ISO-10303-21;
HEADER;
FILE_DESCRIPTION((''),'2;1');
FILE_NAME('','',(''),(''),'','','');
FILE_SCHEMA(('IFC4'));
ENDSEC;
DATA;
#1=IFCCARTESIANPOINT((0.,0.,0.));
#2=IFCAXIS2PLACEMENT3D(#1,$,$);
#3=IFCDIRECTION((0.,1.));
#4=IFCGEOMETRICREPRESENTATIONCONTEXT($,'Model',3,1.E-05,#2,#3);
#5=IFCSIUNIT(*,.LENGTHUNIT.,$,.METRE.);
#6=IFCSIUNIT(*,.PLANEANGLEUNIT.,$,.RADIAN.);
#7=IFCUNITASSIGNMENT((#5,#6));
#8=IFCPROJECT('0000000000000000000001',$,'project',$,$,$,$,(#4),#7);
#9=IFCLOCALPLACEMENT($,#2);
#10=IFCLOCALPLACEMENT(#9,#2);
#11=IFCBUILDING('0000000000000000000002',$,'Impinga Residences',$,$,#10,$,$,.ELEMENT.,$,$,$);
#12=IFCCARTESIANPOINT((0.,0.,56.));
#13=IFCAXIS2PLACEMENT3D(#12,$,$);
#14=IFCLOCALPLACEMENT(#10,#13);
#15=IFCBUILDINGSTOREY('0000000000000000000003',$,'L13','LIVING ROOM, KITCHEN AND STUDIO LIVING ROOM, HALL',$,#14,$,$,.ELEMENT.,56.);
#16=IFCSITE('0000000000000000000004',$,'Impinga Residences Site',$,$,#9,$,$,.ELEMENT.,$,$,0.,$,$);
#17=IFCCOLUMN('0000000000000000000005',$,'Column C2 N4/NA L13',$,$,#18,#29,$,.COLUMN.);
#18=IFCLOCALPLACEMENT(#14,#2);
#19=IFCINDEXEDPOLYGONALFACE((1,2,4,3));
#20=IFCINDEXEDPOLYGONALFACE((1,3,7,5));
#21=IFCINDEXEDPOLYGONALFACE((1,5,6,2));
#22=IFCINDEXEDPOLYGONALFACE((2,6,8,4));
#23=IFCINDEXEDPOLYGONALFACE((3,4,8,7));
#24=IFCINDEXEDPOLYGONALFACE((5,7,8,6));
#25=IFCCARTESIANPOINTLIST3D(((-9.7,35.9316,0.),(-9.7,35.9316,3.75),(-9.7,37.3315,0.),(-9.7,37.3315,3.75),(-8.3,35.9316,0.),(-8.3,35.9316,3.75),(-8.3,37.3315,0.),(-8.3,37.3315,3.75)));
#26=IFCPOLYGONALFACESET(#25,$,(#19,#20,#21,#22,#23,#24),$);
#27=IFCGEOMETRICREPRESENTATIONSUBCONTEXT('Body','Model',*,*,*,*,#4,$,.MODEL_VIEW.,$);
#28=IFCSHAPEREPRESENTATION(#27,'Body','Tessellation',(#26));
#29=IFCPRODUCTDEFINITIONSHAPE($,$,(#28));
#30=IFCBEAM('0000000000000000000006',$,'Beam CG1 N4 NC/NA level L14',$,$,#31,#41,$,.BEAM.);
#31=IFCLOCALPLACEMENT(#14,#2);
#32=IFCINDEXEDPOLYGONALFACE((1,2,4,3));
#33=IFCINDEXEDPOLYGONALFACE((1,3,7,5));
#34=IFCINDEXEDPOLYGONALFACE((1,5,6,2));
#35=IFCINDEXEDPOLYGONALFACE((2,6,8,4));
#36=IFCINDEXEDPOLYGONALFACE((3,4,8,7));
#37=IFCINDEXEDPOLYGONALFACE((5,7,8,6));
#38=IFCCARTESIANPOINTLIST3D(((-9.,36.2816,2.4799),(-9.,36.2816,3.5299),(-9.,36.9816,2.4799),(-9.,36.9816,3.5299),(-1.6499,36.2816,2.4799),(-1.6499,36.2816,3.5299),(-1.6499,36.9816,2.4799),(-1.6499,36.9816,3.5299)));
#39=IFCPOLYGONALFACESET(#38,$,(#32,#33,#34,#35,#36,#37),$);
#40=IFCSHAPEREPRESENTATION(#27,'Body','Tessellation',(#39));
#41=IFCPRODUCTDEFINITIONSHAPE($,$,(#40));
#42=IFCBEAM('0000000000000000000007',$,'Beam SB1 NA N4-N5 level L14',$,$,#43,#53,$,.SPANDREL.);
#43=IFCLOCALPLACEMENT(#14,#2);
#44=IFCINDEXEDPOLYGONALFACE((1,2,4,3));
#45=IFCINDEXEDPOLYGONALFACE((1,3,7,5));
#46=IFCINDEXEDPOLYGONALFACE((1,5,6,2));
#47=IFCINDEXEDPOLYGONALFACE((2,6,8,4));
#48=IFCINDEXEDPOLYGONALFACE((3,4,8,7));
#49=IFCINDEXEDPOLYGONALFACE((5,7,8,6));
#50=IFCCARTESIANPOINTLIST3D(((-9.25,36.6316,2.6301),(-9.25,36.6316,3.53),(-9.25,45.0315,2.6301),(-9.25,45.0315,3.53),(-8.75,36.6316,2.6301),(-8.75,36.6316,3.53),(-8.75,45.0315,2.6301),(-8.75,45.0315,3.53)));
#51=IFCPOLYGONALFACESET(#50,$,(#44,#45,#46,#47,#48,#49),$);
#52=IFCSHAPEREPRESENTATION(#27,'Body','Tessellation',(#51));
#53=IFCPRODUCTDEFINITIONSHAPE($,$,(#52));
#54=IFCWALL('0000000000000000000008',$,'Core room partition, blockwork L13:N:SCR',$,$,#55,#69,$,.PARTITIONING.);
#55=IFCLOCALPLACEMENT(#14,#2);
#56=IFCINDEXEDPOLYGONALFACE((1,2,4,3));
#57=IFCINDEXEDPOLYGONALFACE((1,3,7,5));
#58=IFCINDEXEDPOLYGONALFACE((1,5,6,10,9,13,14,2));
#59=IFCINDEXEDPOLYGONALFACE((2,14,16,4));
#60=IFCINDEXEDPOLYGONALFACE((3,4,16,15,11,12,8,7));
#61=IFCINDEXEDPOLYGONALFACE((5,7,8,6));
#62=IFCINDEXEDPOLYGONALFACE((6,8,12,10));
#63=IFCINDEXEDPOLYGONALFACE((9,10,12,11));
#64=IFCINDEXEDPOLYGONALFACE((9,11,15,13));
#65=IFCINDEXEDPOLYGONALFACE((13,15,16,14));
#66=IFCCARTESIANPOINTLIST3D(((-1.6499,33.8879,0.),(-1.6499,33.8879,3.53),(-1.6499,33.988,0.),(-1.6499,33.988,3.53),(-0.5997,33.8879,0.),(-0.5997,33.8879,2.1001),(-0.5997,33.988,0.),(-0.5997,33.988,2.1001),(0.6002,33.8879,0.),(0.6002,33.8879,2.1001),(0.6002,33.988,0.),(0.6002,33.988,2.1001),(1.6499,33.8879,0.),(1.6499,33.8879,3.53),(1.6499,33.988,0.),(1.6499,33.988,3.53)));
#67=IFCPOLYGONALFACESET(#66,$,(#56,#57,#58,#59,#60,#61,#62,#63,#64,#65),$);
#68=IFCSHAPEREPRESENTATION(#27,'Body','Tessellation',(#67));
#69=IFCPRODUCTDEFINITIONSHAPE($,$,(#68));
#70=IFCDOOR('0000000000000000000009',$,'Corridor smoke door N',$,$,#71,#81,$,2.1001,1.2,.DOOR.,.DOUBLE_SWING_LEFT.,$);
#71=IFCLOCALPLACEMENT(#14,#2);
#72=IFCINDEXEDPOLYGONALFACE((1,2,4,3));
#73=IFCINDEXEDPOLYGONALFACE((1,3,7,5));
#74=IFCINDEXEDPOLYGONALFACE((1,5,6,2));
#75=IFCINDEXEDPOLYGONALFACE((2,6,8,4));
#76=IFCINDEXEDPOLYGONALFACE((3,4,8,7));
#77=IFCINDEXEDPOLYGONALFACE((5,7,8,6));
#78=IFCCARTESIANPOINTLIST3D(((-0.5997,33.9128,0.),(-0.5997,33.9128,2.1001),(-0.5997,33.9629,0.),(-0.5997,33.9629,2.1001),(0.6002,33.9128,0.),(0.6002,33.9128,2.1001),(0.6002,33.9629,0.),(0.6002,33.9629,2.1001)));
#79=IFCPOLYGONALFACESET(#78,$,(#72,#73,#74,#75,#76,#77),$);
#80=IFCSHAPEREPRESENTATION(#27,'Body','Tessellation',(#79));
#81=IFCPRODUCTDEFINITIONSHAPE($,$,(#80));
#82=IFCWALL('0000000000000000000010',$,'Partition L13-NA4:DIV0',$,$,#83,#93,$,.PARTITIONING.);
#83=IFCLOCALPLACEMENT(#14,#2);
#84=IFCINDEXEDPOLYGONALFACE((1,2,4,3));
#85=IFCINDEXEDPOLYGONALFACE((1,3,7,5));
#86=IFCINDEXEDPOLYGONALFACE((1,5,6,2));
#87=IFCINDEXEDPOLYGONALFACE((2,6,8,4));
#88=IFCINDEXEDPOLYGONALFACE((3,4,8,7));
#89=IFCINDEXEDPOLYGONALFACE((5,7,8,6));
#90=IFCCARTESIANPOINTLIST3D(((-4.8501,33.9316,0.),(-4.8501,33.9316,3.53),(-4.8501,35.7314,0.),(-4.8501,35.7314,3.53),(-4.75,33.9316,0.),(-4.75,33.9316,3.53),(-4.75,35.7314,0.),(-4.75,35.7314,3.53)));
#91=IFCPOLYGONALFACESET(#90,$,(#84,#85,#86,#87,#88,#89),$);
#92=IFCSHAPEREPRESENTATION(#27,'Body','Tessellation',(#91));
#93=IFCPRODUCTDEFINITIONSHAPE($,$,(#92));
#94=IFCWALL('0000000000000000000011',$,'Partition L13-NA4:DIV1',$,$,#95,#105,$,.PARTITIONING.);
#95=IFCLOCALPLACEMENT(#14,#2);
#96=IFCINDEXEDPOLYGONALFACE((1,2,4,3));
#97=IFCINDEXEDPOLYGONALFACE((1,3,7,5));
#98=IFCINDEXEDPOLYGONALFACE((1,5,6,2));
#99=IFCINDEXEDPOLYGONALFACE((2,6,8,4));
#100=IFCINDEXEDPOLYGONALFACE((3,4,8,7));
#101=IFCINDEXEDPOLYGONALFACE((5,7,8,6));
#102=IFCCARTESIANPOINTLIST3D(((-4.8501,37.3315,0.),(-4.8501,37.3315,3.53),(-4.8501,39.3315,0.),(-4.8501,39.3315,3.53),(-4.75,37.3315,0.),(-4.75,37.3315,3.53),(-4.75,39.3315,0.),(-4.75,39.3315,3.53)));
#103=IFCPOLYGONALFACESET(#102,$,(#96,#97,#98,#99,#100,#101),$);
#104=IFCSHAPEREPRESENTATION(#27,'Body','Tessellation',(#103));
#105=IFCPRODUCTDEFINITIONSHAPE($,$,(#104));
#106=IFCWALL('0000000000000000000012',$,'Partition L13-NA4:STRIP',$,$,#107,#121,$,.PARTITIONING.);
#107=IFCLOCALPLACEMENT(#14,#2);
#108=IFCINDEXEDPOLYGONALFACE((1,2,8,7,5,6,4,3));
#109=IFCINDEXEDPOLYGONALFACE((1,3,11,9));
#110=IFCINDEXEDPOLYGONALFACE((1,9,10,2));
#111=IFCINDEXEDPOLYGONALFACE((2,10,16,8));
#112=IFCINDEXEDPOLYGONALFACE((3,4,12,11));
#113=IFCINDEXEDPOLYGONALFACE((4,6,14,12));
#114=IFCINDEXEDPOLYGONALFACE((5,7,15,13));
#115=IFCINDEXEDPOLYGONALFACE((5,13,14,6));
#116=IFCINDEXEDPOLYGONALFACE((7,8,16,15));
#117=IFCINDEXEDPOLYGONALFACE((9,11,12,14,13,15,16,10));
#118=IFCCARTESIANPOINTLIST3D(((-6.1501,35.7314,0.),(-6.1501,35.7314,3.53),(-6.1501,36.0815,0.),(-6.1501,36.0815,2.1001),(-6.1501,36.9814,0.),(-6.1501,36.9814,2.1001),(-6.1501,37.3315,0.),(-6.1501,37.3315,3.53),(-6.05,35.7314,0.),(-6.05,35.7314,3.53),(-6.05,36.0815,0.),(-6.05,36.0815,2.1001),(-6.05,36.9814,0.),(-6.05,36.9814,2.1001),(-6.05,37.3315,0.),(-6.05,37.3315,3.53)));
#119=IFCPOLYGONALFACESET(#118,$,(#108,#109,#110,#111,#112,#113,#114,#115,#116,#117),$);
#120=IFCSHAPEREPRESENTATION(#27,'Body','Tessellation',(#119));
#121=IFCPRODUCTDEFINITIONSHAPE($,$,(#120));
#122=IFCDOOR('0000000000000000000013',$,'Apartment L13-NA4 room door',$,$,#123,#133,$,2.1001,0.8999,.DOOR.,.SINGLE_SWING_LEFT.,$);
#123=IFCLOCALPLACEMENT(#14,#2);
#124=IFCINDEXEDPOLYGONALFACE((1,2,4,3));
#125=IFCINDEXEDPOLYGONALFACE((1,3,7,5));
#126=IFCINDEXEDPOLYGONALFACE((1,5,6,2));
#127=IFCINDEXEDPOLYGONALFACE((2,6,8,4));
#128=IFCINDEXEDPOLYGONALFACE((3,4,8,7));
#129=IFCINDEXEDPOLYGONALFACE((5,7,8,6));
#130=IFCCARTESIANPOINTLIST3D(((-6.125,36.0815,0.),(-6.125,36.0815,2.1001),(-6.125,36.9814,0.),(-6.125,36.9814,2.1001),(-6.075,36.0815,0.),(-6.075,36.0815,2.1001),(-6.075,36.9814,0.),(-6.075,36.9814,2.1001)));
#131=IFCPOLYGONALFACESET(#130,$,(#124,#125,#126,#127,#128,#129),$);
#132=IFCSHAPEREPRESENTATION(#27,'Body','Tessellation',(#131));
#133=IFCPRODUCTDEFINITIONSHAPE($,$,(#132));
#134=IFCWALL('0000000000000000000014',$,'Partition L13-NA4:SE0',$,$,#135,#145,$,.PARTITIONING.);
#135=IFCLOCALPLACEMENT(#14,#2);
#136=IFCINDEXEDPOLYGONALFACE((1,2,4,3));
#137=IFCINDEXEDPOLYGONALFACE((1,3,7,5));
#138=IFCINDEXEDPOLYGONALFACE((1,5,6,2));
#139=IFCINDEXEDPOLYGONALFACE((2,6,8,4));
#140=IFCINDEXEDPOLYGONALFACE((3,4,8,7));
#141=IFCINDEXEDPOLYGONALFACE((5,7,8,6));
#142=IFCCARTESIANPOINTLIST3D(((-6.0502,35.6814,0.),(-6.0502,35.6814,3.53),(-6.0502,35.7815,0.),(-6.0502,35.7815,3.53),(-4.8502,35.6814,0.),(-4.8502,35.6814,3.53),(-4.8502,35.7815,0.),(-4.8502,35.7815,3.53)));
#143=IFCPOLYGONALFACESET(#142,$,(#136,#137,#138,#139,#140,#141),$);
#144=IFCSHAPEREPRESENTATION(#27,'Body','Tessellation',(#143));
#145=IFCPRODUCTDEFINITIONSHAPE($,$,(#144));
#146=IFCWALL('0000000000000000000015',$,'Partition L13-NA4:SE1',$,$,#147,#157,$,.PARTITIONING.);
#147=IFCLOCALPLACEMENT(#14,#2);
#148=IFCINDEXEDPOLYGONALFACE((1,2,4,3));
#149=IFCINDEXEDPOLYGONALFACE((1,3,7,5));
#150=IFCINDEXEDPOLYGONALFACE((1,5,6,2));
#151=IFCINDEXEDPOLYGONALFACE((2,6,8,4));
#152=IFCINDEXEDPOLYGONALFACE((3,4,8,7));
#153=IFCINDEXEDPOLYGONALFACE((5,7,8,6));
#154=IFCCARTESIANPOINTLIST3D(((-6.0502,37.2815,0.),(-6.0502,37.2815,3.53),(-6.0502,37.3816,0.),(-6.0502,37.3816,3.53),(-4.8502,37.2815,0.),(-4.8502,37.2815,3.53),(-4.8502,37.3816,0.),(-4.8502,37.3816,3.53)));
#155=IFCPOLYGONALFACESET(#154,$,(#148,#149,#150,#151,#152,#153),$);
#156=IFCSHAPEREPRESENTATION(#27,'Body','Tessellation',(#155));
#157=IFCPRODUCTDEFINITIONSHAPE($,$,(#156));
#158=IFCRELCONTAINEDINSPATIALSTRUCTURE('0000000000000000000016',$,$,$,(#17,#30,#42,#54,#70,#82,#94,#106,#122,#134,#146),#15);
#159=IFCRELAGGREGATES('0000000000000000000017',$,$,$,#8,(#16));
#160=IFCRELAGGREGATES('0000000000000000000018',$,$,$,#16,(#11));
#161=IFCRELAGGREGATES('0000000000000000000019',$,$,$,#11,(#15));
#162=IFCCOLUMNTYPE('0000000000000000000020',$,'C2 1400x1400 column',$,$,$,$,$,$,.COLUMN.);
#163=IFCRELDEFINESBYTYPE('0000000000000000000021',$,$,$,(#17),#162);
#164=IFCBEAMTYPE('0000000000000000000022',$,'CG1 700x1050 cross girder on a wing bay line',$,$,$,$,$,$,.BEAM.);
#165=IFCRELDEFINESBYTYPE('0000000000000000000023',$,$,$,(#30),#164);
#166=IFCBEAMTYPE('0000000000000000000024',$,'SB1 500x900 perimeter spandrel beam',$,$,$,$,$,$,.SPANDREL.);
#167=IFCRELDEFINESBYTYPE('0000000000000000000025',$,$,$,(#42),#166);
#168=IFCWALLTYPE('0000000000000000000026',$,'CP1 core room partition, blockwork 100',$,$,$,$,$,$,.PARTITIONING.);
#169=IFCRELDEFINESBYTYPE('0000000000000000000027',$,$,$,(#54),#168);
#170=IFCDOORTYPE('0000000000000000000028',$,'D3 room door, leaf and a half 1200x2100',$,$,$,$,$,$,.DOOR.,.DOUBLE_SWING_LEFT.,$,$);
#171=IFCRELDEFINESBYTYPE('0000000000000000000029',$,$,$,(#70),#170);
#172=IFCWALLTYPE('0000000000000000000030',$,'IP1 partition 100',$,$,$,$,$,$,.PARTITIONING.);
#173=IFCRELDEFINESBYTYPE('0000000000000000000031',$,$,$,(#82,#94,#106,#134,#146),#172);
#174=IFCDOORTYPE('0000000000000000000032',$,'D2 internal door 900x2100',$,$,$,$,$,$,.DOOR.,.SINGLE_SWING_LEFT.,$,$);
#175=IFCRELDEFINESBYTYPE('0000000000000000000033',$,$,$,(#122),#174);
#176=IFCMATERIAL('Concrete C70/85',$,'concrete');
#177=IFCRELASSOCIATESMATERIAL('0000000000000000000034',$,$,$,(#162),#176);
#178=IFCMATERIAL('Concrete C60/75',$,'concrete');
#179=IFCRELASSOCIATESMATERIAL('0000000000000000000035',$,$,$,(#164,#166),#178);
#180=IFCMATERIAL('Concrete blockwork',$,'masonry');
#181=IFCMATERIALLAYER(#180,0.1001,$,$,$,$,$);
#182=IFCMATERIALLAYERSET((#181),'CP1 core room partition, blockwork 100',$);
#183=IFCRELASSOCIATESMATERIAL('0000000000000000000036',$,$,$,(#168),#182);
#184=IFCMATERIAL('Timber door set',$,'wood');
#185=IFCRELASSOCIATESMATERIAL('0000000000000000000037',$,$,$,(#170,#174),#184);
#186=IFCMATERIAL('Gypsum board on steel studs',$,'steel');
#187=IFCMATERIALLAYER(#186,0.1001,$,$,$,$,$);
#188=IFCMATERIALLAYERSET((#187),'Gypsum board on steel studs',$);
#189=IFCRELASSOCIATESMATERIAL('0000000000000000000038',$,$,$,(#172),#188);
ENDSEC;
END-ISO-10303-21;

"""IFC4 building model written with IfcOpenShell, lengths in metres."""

from ifc_helpers import new_model, si_unit, direction, frame, frame_2d, origin, origin_2d, place, context, subcontext, project, spatial, rectangle, extrude, material, layer, layer_set, material_profile, profile_set, type_object, element, fill, save


model = new_model("IFC4")

# Units and contexts
model_context = context("Model", 3, precision=1e-05, world=origin(), true_north=direction((0.0, 1.0)))
body_context = subcontext(model_context, "Body", "Model", "MODEL_VIEW")
ifc_project = project(units=[si_unit("LENGTHUNIT", "METRE"), si_unit("PLANEANGLEUNIT", "RADIAN")], contexts=[model_context])

# Site, building, storey
site_placement = place(None, origin())
site = spatial("IfcSite", under=ifc_project, at=site_placement, Name="Impinga Residences Site", CompositionType="ELEMENT", RefElevation=0.0)
building_placement = place(site_placement, origin())
building = spatial("IfcBuilding", under=site, at=building_placement, Name="Impinga Residences", CompositionType="ELEMENT")
storey_placement = place(building_placement, frame((0.0, 0.0, 56.0)))
storey = spatial("IfcBuildingStorey", under=building, at=storey_placement, Name="L13", Description="LIVING ROOM, KITCHEN AND STUDIO LIVING ROOM, HALL", CompositionType="ELEMENT", Elevation=56.0)

# Column
ifc_material_1 = material(Name="Concrete C70/85", Category="concrete")
ifc_material_profile_1 = material_profile(ifc_material_1, rectangle(XDim=1.3999, YDim=1.3999, at=origin_2d()), Name="RC 1400x1400")
ifc_profile_set_1 = profile_set([ifc_material_profile_1], Name="Concrete C70/85")
column_type = type_object("IfcColumnType", Name="C2 1400x1400 column", PredefinedType="COLUMN", material=ifc_profile_set_1)
column_placement = place(storey_placement, frame((-9.0, 36.6316, 0.0), z_axis=(0.0, 0.0, 1.0), x_axis=(1.0, 0.0, 0.0)))
element("IfcColumn", 1, at=column_placement, inside=storey, type_object=column_type, Name="Column C2 N4/NA L13", PredefinedType="COLUMN", context=body_context, shape_type="SweptSolid", body=[
    extrude(rectangle(XDim=1.3999, YDim=1.3999, at=origin_2d()), origin(), (0.0, 0.0, 1.0), 3.75),
])

# Beams
ifc_material_2 = material(Name="Concrete C60/75", Category="concrete")
ifc_material_profile_2 = material_profile(ifc_material_2, rectangle(XDim=0.7, YDim=1.05, at=origin_2d()), Name="RC 700x1050")
ifc_profile_set_2 = profile_set([ifc_material_profile_2], Name="Concrete C60/75")
beam_type_1 = type_object("IfcBeamType", Name="CG1 700x1050 cross girder on a wing bay line", PredefinedType="BEAM", material=ifc_profile_set_2)
beam_1_placement = place(storey_placement, frame((-1.6499, 36.6316, 3.0049), z_axis=(-1.0, 0.0, 0.0), x_axis=(0.0, -1.0, 0.0)))
element("IfcBeam", 2, at=beam_1_placement, inside=storey, type_object=beam_type_1, Name="Beam CG1 N4 NC/NA level L14", PredefinedType="BEAM", context=body_context, shape_type="SweptSolid", body=[
    extrude(rectangle(XDim=0.7, YDim=1.05, at=origin_2d()), origin(), (0.0, 0.0, 1.0), 7.3501),
])
ifc_material_profile_3 = material_profile(ifc_material_2, rectangle(XDim=0.5, YDim=0.8999, at=origin_2d()), Name="RC 500x900")
ifc_profile_set_3 = profile_set([ifc_material_profile_3], Name="Concrete C60/75")
beam_type_2 = type_object("IfcBeamType", Name="SB1 500x900 perimeter spandrel beam", PredefinedType="SPANDREL", material=ifc_profile_set_3)
beam_2_placement = place(storey_placement, frame((-9.0, 36.6316, 3.0801), z_axis=(0.0, 1.0, 0.0), x_axis=(-1.0, 0.0, 0.0)))
element("IfcBeam", 3, at=beam_2_placement, inside=storey, type_object=beam_type_2, Name="Beam SB1 NA N4-N5 level L14", PredefinedType="SPANDREL", context=body_context, shape_type="SweptSolid", body=[
    extrude(rectangle(XDim=0.5, YDim=0.8999, at=origin_2d()), origin(), (0.0, 0.0, 1.0), 8.3999),
])

# Wall, opening, door
ifc_material_3 = material(Name="Concrete blockwork", Category="masonry")
ifc_layer_1 = layer(ifc_material_3, 0.1001)
ifc_layer_set_1 = layer_set([ifc_layer_1], Name="CP1 core room partition, blockwork 100")
wall_type_1 = type_object("IfcWallType", Name="CP1 core room partition, blockwork 100", PredefinedType="PARTITIONING", material=ifc_layer_set_1)
wall_1_placement = place(storey_placement, frame((-1.6499, 33.938, 0.0), z_axis=(0.0, 0.0, 1.0), x_axis=(1.0, 0.0, 0.0)))
wall_1 = element("IfcWall", 4, at=wall_1_placement, inside=storey, type_object=wall_type_1, Name="Core room partition, blockwork L13:N:SCR", PredefinedType="PARTITIONING", context=body_context, shape_type="SweptSolid", body=[
    extrude(rectangle(XDim=3.2998, YDim=0.1001, at=frame_2d((1.6499, 0.0))), origin(), (0.0, 0.0, 1.0), 3.53),
])
opening_1_placement = place(wall_1_placement, frame((1.05, 0.0, 0.0)))
opening_1 = element("IfcOpeningElement", 5, at=opening_1_placement, cuts=wall_1, PredefinedType="OPENING", context=body_context, shape_type="SweptSolid", body=[
    extrude(rectangle(XDim=1.2, YDim=2.1001, at=frame_2d((0.6001, 1.05))), frame((0.0, 0.0601, 0.0), z_axis=(0.0, -1.0, 0.0), x_axis=(1.0, 0.0, 0.0)), (0.0, 0.0, 1.0), 0.1201),
])
ifc_material_4 = material(Name="Timber door set", Category="wood")
door_type_1 = type_object("IfcDoorType", Name="D3 room door, leaf and a half 1200x2100", OperationType="DOUBLE_SWING_LEFT", PredefinedType="DOOR", material=ifc_material_4)
door_1_placement = place(opening_1_placement, origin())
door_1 = element("IfcDoor", 6, at=door_1_placement, inside=storey, type_object=door_type_1, Name="Corridor smoke door N", OperationType="DOUBLE_SWING_LEFT", OverallHeight=2.1001, OverallWidth=1.2, PredefinedType="DOOR", context=body_context, shape_type="SweptSolid", body=[
    extrude(rectangle(XDim=1.2, YDim=2.1001, at=frame_2d((0.6001, 1.05))), frame((0.0, 0.0249, 0.0), z_axis=(0.0, -1.0, 0.0), x_axis=(1.0, 0.0, 0.0)), (0.0, 0.0, 1.0), 0.05),
])
fill(opening_1, door_1)

# Walls
ifc_material_5 = material(Name="Gypsum board on steel studs", Category="steel")
ifc_layer_2 = layer(ifc_material_5, 0.1001)
ifc_layer_set_2 = layer_set([ifc_layer_2], Name="Gypsum board on steel studs")
wall_type_2 = type_object("IfcWallType", Name="IP1 partition 100", PredefinedType="PARTITIONING", material=ifc_layer_set_2)
wall_2_placement = place(storey_placement, frame((-4.8, 33.9316, 0.0), z_axis=(0.0, 0.0, 1.0), x_axis=(0.0, 1.0, 0.0)))
element("IfcWall", 7, at=wall_2_placement, inside=storey, type_object=wall_type_2, Name="Partition L13-NA4:DIV0", PredefinedType="PARTITIONING", context=body_context, shape_type="SweptSolid", body=[
    extrude(rectangle(XDim=1.7998, YDim=0.1001, at=frame_2d((0.8999, 0.0))), origin(), (0.0, 0.0, 1.0), 3.53),
])
wall_3_placement = place(storey_placement, frame((-4.8, 37.3315, 0.0), z_axis=(0.0, 0.0, 1.0), x_axis=(0.0, 1.0, 0.0)))
element("IfcWall", 8, at=wall_3_placement, inside=storey, type_object=wall_type_2, Name="Partition L13-NA4:DIV1", PredefinedType="PARTITIONING", context=body_context, shape_type="SweptSolid", body=[
    extrude(rectangle(XDim=2.0, YDim=0.1001, at=frame_2d((1.0, 0.0))), origin(), (0.0, 0.0, 1.0), 3.53),
])

# Wall, opening, door
wall_4_placement = place(storey_placement, frame((-6.1001, 35.7314, 0.0), z_axis=(0.0, 0.0, 1.0), x_axis=(0.0, 1.0, 0.0)))
wall_4 = element("IfcWall", 9, at=wall_4_placement, inside=storey, type_object=wall_type_2, Name="Partition L13-NA4:STRIP", PredefinedType="PARTITIONING", context=body_context, shape_type="SweptSolid", body=[
    extrude(rectangle(XDim=1.6001, YDim=0.1001, at=frame_2d((0.8, 0.0))), origin(), (0.0, 0.0, 1.0), 3.53),
])
opening_2_placement = place(wall_4_placement, frame((0.3501, 0.0, 0.0)))
opening_2 = element("IfcOpeningElement", 10, at=opening_2_placement, cuts=wall_4, PredefinedType="OPENING", context=body_context, shape_type="SweptSolid", body=[
    extrude(rectangle(XDim=0.8999, YDim=2.1001, at=frame_2d((0.45, 1.05))), frame((0.0, 0.0601, 0.0), z_axis=(0.0, -1.0, 0.0), x_axis=(1.0, 0.0, 0.0)), (0.0, 0.0, 1.0), 0.1201),
])
door_type_2 = type_object("IfcDoorType", Name="D2 internal door 900x2100", OperationType="SINGLE_SWING_LEFT", PredefinedType="DOOR", material=ifc_material_4)
door_2_placement = place(opening_2_placement, origin())
door_2 = element("IfcDoor", 11, at=door_2_placement, inside=storey, type_object=door_type_2, Name="Apartment L13-NA4 room door", OperationType="SINGLE_SWING_LEFT", OverallHeight=2.1001, OverallWidth=0.8999, PredefinedType="DOOR", context=body_context, shape_type="SweptSolid", body=[
    extrude(rectangle(XDim=0.8999, YDim=2.1001, at=frame_2d((0.45, 1.05))), frame((0.0, 0.0249, 0.0), z_axis=(0.0, -1.0, 0.0), x_axis=(1.0, 0.0, 0.0)), (0.0, 0.0, 1.0), 0.05),
])
fill(opening_2, door_2)

# Walls
for number, where, z_axis, x_axis, name in (
    (12, (-4.8501, 35.7314, 0.0), (0.0, 0.0, 1.0), (-1.0, 0.0, 0.0), "Partition L13-NA4:SE0"),
    (13, (-4.8501, 37.3315, 0.0), (0.0, 0.0, 1.0), (-1.0, 0.0, 0.0), "Partition L13-NA4:SE1"),
):
    element("IfcWall", number, at=place(storey_placement, frame(where, z_axis=z_axis, x_axis=x_axis)), inside=storey, type_object=wall_type_2, Name=name, PredefinedType="PARTITIONING", context=body_context, shape_type="SweptSolid", body=[
        extrude(rectangle(XDim=1.2, YDim=0.1001, at=frame_2d((0.6001, 0.0))), origin(), (0.0, 0.0, 1.0), 3.53),
    ])

save(model, "model.ifc")
